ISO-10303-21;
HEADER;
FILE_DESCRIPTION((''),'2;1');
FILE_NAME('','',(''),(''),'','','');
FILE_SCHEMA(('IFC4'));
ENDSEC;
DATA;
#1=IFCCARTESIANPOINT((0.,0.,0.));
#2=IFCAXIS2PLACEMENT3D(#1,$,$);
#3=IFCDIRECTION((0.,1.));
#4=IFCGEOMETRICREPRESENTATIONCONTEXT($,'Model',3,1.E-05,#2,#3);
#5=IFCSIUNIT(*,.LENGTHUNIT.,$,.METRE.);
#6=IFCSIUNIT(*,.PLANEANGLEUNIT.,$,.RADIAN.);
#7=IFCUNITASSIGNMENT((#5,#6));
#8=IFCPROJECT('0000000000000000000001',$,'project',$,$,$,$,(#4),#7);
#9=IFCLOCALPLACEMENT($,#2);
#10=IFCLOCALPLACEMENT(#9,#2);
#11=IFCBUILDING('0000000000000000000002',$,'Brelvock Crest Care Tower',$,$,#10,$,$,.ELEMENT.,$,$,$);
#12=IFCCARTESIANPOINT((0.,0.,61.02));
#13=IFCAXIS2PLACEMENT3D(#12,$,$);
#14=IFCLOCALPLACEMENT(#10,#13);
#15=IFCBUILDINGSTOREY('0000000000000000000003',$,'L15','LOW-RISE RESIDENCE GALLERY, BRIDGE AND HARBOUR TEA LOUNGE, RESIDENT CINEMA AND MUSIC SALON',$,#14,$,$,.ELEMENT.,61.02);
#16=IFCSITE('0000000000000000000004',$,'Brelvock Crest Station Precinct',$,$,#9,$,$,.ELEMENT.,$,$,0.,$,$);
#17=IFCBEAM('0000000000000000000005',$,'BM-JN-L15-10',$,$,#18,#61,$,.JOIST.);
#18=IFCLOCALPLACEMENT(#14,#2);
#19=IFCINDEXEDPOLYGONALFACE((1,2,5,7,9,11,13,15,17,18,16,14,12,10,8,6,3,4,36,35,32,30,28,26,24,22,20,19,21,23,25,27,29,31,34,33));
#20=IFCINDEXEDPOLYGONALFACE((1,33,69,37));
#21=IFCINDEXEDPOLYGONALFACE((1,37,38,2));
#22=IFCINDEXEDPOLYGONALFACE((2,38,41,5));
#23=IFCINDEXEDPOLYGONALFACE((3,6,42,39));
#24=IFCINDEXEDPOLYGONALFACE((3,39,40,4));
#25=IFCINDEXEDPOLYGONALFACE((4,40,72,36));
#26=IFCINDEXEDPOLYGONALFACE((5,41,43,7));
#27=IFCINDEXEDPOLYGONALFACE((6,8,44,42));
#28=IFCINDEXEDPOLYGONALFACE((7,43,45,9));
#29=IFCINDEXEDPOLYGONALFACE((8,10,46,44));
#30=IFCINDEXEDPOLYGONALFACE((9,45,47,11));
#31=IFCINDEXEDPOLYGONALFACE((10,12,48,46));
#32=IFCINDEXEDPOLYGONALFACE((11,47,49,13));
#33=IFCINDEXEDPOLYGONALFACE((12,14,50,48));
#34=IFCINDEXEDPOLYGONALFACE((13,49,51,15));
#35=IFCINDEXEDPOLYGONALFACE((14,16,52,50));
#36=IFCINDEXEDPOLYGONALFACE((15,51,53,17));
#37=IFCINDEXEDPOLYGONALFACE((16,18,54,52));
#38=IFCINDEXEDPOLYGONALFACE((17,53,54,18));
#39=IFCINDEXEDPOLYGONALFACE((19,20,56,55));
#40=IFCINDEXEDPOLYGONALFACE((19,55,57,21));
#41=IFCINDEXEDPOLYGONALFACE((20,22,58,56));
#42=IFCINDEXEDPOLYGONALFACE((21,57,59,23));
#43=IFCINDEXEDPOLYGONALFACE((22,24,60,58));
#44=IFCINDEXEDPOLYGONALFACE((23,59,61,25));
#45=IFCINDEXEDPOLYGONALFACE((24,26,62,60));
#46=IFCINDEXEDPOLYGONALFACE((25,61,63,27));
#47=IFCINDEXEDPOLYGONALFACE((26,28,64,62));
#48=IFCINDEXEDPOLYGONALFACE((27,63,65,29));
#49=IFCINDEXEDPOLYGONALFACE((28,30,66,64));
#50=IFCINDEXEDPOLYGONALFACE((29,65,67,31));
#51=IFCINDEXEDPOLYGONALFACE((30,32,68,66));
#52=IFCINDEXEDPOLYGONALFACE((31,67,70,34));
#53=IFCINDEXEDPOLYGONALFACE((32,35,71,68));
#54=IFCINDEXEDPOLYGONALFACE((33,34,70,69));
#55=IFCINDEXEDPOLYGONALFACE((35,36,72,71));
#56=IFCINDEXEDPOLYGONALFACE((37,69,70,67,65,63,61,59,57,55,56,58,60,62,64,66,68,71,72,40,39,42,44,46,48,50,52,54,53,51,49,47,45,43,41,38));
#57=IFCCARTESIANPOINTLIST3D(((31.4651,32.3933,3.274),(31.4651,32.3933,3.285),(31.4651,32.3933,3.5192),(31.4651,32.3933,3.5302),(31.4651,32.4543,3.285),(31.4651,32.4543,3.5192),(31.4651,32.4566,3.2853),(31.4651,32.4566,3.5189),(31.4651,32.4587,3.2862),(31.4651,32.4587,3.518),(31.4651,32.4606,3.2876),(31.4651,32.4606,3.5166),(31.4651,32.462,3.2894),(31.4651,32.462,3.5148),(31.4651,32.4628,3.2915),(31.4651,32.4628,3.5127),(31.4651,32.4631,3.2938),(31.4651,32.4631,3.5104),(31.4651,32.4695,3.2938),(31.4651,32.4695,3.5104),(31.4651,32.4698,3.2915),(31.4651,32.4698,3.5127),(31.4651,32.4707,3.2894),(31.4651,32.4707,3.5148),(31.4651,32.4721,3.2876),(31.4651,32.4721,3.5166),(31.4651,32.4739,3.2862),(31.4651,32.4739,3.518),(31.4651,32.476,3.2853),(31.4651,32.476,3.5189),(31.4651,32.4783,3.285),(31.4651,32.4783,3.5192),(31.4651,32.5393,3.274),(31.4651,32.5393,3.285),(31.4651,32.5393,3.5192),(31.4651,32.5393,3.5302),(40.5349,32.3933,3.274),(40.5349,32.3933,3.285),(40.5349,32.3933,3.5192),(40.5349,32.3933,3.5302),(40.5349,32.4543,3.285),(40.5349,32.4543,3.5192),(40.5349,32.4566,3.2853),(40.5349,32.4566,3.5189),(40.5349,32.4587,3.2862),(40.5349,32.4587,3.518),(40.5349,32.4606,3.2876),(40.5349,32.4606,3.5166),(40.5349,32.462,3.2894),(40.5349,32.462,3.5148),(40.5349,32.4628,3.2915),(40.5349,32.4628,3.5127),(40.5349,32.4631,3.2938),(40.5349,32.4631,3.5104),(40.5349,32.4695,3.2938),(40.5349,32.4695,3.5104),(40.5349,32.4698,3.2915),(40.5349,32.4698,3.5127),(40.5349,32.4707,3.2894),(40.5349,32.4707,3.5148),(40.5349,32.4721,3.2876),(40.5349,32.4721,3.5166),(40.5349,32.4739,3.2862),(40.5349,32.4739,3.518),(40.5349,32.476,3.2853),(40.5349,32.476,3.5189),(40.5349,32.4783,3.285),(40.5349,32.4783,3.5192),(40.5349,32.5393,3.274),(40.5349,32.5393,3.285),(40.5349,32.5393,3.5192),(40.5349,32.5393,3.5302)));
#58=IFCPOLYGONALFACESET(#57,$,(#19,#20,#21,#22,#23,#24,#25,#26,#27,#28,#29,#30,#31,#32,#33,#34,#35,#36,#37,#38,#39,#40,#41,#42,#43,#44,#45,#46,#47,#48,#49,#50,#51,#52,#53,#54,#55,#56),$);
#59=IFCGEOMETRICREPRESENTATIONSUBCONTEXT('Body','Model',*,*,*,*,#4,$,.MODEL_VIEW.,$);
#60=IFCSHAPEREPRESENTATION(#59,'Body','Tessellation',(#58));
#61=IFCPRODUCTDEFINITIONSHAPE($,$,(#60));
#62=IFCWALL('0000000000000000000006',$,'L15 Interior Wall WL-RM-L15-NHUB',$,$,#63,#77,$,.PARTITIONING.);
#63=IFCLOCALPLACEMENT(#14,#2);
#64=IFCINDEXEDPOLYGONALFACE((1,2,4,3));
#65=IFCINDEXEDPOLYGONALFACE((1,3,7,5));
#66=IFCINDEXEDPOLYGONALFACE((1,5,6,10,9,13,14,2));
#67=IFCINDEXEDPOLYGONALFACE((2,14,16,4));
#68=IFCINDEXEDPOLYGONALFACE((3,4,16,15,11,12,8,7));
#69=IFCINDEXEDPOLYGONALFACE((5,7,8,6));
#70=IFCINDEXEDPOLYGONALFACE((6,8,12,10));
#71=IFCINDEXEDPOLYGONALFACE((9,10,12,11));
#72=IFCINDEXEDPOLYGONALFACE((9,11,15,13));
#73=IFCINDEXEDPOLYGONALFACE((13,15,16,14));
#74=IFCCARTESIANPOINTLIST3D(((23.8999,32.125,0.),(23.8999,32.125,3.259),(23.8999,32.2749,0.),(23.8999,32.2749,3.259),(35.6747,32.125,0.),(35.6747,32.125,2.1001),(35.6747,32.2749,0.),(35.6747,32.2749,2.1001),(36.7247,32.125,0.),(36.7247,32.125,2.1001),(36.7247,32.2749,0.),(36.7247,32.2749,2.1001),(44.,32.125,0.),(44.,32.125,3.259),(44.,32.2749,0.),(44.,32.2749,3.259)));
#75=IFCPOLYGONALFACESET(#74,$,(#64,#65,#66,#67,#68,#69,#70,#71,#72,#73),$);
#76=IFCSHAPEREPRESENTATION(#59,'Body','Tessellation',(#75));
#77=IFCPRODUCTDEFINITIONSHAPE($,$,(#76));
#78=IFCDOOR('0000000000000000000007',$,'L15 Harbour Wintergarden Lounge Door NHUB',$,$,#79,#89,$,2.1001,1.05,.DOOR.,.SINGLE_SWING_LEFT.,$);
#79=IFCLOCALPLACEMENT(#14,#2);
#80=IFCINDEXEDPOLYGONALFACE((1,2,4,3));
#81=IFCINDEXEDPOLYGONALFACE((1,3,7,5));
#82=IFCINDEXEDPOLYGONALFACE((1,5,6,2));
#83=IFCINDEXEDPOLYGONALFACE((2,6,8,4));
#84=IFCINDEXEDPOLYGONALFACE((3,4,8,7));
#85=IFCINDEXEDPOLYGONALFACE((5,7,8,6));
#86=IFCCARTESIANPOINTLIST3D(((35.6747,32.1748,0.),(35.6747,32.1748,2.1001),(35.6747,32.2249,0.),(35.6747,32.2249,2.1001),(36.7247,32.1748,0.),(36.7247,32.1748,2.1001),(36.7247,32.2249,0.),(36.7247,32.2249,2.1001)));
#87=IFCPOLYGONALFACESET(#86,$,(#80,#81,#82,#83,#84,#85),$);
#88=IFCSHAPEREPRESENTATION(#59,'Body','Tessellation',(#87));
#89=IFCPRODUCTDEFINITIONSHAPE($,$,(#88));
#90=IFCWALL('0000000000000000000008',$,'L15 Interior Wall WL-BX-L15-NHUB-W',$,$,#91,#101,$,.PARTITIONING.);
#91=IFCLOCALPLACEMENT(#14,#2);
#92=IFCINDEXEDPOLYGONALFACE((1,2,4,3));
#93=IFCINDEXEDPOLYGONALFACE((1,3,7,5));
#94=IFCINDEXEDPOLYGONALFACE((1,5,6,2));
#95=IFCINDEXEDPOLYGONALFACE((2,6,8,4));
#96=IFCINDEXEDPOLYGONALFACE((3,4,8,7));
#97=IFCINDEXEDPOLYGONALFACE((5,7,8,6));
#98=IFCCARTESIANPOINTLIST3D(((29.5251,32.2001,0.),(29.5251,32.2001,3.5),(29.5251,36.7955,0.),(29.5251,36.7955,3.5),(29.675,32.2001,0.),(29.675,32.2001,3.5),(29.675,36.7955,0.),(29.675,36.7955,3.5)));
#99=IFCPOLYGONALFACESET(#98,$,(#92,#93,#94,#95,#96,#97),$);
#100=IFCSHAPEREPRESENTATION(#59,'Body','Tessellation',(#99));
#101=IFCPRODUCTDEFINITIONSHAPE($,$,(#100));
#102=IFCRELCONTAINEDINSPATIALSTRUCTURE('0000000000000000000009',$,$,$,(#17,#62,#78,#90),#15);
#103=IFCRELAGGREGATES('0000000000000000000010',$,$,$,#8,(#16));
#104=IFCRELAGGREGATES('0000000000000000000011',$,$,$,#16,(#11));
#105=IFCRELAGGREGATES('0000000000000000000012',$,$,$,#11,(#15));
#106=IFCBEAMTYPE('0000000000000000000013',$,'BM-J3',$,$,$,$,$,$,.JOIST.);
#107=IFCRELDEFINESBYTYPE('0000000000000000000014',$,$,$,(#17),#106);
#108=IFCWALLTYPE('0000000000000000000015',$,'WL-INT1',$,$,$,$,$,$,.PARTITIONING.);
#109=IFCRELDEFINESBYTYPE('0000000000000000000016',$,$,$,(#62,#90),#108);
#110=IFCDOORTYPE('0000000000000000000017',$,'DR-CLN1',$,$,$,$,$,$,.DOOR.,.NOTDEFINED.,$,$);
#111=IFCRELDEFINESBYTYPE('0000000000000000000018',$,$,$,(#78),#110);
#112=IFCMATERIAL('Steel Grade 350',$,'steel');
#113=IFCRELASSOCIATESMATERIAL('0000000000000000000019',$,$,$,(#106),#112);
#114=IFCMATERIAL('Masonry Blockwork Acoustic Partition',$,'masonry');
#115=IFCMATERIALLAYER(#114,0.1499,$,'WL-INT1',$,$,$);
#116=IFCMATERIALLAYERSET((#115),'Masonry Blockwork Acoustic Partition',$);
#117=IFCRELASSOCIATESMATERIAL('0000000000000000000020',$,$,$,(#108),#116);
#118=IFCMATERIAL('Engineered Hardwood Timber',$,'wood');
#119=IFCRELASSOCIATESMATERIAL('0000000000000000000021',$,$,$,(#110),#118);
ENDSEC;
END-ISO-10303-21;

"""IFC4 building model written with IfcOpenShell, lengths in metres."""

from ifc_helpers import new_model, si_unit, direction, frame, frame_2d, origin, origin_2d, place, context, subcontext, project, spatial, rectangle, i_section, extrude, source, transform, mapped, material, layer, layer_set, material_profile, profile_set, type_object, element, fill, save


model = new_model("IFC4")

# Units and contexts
model_context = context("Model", 3, precision=1e-05, world=origin(), true_north=direction((0.0, 1.0)))
body_context = subcontext(model_context, "Body", "Model", "MODEL_VIEW")
ifc_project = project(units=[si_unit("LENGTHUNIT", "METRE"), si_unit("PLANEANGLEUNIT", "RADIAN")], contexts=[model_context])

# Site, building, storey
site_placement = place(None, origin())
site = spatial("IfcSite", under=ifc_project, at=site_placement, Name="Brelvock Crest Station Precinct", CompositionType="ELEMENT", RefElevation=0.0)
building_placement = place(site_placement, origin())
building = spatial("IfcBuilding", under=site, at=building_placement, Name="Brelvock Crest Care Tower", CompositionType="ELEMENT")
storey_placement = place(building_placement, frame((0.0, 0.0, 61.02)))
storey = spatial("IfcBuildingStorey", under=building, at=storey_placement, Name="L15", Description="LOW-RISE RESIDENCE GALLERY, BRIDGE AND HARBOUR TEA LOUNGE, RESIDENT CINEMA AND MUSIC SALON", CompositionType="ELEMENT", Elevation=61.02)

# Beam
ifc_material_1 = material(Name="Steel Grade 350", Category="steel")
ifc_material_profile = material_profile(ifc_material_1, i_section(OverallWidth=0.146, OverallDepth=0.2561, WebThickness=0.0063, FlangeThickness=0.011, FilletRadius=0.0088, at=origin_2d()), Name="250UB37.3")
ifc_profile_set = profile_set([ifc_material_profile], Name="Steel Grade 350")
beam_type = type_object("IfcBeamType", Name="BM-J3", PredefinedType="JOIST", material=ifc_profile_set)
shared_shape_1 = source(origin(), body_context, "Body", "SweptSolid", [
    extrude(i_section(OverallWidth=0.146, OverallDepth=0.2561, WebThickness=0.0063, FlangeThickness=0.011, FilletRadius=0.0088, at=origin_2d()), origin(), (0.0, 0.0, 1.0), 9.0698),
])
for number, where, z_axis, x_axis, name in (
    (1, (31.4651, 32.4663, 3.4021), (1.0, 0.0, 0.0), (0.0, 1.0, 0.0), "BM-JN-L15-10"),
):
    element("IfcBeam", number, at=place(storey_placement, frame(where, z_axis=z_axis, x_axis=x_axis)), inside=storey, type_object=beam_type, Name=name, PredefinedType="JOIST", context=body_context, shape_type="MappedRepresentation", body=[
        mapped(shared_shape_1, transform((0.0, 0.0, 0.0), x_axis=(1.0, 0.0, 0.0), y_axis=(0.0, 1.0, 0.0), z_axis=(0.0, 0.0, 1.0), scale=1.0)),
    ])

# Wall, opening, door
ifc_material_2 = material(Name="Masonry Blockwork Acoustic Partition", Category="masonry")
ifc_layer = layer(ifc_material_2, 0.1499, Name="WL-INT1")
ifc_layer_set = layer_set([ifc_layer], Name="Masonry Blockwork Acoustic Partition")
wall_type = type_object("IfcWallType", Name="WL-INT1", PredefinedType="PARTITIONING", material=ifc_layer_set)
wall_1_placement = place(storey_placement, frame((23.8999, 32.2, 0.0), z_axis=(0.0, 0.0, 1.0), x_axis=(1.0, 0.0, 0.0)))
wall_1 = element("IfcWall", 2, at=wall_1_placement, inside=storey, type_object=wall_type, Name="L15 Interior Wall WL-RM-L15-NHUB", PredefinedType="PARTITIONING", context=body_context, shape_type="SweptSolid", body=[
    extrude(rectangle(XDim=20.1001, YDim=0.1499, at=frame_2d((10.05, 0.0))), origin(), (0.0, 0.0, 1.0), 3.259),
])
opening_placement = place(wall_1_placement, frame((11.7749, 0.0, 0.0)))
opening = element("IfcOpeningElement", 3, at=opening_placement, cuts=wall_1, PredefinedType="OPENING", context=body_context, shape_type="SweptSolid", body=[
    extrude(rectangle(XDim=1.05, YDim=2.1001, at=origin_2d()), frame((0.5249, 0.085, 1.05), z_axis=(0.0, -1.0, 0.0), x_axis=(1.0, 0.0, 0.0)), (0.0, 0.0, 1.0), 0.1699),
])
ifc_material_3 = material(Name="Engineered Hardwood Timber", Category="wood")
door_type = type_object("IfcDoorType", Name="DR-CLN1", OperationType="NOTDEFINED", PredefinedType="DOOR", material=ifc_material_3)
shared_shape_2 = source(origin(), body_context, "Body", "SweptSolid", [
    extrude(rectangle(XDim=1.05, YDim=2.1001, at=origin_2d()), frame((0.5249, 0.0249, 1.05), z_axis=(0.0, -1.0, 0.0), x_axis=(1.0, 0.0, 0.0)), (0.0, 0.0, 1.0), 0.05),
])
door_placement = place(opening_placement, origin())
door = element("IfcDoor", 4, at=door_placement, inside=storey, type_object=door_type, Name="L15 Harbour Wintergarden Lounge Door NHUB", OperationType="SINGLE_SWING_LEFT", OverallHeight=2.1001, OverallWidth=1.05, PredefinedType="DOOR", context=body_context, shape_type="MappedRepresentation", body=[
    mapped(shared_shape_2, transform((0.0, 0.0, 0.0), x_axis=(1.0, 0.0, 0.0), y_axis=(0.0, 1.0, 0.0), z_axis=(0.0, 0.0, 1.0), scale=1.0)),
])
fill(opening, door)

# Wall
wall_2_placement = place(storey_placement, frame((29.6001, 32.2, 0.0), z_axis=(0.0, 0.0, 1.0), x_axis=(0.0, 1.0, 0.0)))
element("IfcWall", 5, at=wall_2_placement, inside=storey, type_object=wall_type, Name="L15 Interior Wall WL-BX-L15-NHUB-W", PredefinedType="PARTITIONING", context=body_context, shape_type="SweptSolid", body=[
    extrude(rectangle(XDim=4.5955, YDim=0.1499, at=frame_2d((2.2979, 0.0))), origin(), (0.0, 0.0, 1.0), 3.5),
])

save(model, "model.ifc")
